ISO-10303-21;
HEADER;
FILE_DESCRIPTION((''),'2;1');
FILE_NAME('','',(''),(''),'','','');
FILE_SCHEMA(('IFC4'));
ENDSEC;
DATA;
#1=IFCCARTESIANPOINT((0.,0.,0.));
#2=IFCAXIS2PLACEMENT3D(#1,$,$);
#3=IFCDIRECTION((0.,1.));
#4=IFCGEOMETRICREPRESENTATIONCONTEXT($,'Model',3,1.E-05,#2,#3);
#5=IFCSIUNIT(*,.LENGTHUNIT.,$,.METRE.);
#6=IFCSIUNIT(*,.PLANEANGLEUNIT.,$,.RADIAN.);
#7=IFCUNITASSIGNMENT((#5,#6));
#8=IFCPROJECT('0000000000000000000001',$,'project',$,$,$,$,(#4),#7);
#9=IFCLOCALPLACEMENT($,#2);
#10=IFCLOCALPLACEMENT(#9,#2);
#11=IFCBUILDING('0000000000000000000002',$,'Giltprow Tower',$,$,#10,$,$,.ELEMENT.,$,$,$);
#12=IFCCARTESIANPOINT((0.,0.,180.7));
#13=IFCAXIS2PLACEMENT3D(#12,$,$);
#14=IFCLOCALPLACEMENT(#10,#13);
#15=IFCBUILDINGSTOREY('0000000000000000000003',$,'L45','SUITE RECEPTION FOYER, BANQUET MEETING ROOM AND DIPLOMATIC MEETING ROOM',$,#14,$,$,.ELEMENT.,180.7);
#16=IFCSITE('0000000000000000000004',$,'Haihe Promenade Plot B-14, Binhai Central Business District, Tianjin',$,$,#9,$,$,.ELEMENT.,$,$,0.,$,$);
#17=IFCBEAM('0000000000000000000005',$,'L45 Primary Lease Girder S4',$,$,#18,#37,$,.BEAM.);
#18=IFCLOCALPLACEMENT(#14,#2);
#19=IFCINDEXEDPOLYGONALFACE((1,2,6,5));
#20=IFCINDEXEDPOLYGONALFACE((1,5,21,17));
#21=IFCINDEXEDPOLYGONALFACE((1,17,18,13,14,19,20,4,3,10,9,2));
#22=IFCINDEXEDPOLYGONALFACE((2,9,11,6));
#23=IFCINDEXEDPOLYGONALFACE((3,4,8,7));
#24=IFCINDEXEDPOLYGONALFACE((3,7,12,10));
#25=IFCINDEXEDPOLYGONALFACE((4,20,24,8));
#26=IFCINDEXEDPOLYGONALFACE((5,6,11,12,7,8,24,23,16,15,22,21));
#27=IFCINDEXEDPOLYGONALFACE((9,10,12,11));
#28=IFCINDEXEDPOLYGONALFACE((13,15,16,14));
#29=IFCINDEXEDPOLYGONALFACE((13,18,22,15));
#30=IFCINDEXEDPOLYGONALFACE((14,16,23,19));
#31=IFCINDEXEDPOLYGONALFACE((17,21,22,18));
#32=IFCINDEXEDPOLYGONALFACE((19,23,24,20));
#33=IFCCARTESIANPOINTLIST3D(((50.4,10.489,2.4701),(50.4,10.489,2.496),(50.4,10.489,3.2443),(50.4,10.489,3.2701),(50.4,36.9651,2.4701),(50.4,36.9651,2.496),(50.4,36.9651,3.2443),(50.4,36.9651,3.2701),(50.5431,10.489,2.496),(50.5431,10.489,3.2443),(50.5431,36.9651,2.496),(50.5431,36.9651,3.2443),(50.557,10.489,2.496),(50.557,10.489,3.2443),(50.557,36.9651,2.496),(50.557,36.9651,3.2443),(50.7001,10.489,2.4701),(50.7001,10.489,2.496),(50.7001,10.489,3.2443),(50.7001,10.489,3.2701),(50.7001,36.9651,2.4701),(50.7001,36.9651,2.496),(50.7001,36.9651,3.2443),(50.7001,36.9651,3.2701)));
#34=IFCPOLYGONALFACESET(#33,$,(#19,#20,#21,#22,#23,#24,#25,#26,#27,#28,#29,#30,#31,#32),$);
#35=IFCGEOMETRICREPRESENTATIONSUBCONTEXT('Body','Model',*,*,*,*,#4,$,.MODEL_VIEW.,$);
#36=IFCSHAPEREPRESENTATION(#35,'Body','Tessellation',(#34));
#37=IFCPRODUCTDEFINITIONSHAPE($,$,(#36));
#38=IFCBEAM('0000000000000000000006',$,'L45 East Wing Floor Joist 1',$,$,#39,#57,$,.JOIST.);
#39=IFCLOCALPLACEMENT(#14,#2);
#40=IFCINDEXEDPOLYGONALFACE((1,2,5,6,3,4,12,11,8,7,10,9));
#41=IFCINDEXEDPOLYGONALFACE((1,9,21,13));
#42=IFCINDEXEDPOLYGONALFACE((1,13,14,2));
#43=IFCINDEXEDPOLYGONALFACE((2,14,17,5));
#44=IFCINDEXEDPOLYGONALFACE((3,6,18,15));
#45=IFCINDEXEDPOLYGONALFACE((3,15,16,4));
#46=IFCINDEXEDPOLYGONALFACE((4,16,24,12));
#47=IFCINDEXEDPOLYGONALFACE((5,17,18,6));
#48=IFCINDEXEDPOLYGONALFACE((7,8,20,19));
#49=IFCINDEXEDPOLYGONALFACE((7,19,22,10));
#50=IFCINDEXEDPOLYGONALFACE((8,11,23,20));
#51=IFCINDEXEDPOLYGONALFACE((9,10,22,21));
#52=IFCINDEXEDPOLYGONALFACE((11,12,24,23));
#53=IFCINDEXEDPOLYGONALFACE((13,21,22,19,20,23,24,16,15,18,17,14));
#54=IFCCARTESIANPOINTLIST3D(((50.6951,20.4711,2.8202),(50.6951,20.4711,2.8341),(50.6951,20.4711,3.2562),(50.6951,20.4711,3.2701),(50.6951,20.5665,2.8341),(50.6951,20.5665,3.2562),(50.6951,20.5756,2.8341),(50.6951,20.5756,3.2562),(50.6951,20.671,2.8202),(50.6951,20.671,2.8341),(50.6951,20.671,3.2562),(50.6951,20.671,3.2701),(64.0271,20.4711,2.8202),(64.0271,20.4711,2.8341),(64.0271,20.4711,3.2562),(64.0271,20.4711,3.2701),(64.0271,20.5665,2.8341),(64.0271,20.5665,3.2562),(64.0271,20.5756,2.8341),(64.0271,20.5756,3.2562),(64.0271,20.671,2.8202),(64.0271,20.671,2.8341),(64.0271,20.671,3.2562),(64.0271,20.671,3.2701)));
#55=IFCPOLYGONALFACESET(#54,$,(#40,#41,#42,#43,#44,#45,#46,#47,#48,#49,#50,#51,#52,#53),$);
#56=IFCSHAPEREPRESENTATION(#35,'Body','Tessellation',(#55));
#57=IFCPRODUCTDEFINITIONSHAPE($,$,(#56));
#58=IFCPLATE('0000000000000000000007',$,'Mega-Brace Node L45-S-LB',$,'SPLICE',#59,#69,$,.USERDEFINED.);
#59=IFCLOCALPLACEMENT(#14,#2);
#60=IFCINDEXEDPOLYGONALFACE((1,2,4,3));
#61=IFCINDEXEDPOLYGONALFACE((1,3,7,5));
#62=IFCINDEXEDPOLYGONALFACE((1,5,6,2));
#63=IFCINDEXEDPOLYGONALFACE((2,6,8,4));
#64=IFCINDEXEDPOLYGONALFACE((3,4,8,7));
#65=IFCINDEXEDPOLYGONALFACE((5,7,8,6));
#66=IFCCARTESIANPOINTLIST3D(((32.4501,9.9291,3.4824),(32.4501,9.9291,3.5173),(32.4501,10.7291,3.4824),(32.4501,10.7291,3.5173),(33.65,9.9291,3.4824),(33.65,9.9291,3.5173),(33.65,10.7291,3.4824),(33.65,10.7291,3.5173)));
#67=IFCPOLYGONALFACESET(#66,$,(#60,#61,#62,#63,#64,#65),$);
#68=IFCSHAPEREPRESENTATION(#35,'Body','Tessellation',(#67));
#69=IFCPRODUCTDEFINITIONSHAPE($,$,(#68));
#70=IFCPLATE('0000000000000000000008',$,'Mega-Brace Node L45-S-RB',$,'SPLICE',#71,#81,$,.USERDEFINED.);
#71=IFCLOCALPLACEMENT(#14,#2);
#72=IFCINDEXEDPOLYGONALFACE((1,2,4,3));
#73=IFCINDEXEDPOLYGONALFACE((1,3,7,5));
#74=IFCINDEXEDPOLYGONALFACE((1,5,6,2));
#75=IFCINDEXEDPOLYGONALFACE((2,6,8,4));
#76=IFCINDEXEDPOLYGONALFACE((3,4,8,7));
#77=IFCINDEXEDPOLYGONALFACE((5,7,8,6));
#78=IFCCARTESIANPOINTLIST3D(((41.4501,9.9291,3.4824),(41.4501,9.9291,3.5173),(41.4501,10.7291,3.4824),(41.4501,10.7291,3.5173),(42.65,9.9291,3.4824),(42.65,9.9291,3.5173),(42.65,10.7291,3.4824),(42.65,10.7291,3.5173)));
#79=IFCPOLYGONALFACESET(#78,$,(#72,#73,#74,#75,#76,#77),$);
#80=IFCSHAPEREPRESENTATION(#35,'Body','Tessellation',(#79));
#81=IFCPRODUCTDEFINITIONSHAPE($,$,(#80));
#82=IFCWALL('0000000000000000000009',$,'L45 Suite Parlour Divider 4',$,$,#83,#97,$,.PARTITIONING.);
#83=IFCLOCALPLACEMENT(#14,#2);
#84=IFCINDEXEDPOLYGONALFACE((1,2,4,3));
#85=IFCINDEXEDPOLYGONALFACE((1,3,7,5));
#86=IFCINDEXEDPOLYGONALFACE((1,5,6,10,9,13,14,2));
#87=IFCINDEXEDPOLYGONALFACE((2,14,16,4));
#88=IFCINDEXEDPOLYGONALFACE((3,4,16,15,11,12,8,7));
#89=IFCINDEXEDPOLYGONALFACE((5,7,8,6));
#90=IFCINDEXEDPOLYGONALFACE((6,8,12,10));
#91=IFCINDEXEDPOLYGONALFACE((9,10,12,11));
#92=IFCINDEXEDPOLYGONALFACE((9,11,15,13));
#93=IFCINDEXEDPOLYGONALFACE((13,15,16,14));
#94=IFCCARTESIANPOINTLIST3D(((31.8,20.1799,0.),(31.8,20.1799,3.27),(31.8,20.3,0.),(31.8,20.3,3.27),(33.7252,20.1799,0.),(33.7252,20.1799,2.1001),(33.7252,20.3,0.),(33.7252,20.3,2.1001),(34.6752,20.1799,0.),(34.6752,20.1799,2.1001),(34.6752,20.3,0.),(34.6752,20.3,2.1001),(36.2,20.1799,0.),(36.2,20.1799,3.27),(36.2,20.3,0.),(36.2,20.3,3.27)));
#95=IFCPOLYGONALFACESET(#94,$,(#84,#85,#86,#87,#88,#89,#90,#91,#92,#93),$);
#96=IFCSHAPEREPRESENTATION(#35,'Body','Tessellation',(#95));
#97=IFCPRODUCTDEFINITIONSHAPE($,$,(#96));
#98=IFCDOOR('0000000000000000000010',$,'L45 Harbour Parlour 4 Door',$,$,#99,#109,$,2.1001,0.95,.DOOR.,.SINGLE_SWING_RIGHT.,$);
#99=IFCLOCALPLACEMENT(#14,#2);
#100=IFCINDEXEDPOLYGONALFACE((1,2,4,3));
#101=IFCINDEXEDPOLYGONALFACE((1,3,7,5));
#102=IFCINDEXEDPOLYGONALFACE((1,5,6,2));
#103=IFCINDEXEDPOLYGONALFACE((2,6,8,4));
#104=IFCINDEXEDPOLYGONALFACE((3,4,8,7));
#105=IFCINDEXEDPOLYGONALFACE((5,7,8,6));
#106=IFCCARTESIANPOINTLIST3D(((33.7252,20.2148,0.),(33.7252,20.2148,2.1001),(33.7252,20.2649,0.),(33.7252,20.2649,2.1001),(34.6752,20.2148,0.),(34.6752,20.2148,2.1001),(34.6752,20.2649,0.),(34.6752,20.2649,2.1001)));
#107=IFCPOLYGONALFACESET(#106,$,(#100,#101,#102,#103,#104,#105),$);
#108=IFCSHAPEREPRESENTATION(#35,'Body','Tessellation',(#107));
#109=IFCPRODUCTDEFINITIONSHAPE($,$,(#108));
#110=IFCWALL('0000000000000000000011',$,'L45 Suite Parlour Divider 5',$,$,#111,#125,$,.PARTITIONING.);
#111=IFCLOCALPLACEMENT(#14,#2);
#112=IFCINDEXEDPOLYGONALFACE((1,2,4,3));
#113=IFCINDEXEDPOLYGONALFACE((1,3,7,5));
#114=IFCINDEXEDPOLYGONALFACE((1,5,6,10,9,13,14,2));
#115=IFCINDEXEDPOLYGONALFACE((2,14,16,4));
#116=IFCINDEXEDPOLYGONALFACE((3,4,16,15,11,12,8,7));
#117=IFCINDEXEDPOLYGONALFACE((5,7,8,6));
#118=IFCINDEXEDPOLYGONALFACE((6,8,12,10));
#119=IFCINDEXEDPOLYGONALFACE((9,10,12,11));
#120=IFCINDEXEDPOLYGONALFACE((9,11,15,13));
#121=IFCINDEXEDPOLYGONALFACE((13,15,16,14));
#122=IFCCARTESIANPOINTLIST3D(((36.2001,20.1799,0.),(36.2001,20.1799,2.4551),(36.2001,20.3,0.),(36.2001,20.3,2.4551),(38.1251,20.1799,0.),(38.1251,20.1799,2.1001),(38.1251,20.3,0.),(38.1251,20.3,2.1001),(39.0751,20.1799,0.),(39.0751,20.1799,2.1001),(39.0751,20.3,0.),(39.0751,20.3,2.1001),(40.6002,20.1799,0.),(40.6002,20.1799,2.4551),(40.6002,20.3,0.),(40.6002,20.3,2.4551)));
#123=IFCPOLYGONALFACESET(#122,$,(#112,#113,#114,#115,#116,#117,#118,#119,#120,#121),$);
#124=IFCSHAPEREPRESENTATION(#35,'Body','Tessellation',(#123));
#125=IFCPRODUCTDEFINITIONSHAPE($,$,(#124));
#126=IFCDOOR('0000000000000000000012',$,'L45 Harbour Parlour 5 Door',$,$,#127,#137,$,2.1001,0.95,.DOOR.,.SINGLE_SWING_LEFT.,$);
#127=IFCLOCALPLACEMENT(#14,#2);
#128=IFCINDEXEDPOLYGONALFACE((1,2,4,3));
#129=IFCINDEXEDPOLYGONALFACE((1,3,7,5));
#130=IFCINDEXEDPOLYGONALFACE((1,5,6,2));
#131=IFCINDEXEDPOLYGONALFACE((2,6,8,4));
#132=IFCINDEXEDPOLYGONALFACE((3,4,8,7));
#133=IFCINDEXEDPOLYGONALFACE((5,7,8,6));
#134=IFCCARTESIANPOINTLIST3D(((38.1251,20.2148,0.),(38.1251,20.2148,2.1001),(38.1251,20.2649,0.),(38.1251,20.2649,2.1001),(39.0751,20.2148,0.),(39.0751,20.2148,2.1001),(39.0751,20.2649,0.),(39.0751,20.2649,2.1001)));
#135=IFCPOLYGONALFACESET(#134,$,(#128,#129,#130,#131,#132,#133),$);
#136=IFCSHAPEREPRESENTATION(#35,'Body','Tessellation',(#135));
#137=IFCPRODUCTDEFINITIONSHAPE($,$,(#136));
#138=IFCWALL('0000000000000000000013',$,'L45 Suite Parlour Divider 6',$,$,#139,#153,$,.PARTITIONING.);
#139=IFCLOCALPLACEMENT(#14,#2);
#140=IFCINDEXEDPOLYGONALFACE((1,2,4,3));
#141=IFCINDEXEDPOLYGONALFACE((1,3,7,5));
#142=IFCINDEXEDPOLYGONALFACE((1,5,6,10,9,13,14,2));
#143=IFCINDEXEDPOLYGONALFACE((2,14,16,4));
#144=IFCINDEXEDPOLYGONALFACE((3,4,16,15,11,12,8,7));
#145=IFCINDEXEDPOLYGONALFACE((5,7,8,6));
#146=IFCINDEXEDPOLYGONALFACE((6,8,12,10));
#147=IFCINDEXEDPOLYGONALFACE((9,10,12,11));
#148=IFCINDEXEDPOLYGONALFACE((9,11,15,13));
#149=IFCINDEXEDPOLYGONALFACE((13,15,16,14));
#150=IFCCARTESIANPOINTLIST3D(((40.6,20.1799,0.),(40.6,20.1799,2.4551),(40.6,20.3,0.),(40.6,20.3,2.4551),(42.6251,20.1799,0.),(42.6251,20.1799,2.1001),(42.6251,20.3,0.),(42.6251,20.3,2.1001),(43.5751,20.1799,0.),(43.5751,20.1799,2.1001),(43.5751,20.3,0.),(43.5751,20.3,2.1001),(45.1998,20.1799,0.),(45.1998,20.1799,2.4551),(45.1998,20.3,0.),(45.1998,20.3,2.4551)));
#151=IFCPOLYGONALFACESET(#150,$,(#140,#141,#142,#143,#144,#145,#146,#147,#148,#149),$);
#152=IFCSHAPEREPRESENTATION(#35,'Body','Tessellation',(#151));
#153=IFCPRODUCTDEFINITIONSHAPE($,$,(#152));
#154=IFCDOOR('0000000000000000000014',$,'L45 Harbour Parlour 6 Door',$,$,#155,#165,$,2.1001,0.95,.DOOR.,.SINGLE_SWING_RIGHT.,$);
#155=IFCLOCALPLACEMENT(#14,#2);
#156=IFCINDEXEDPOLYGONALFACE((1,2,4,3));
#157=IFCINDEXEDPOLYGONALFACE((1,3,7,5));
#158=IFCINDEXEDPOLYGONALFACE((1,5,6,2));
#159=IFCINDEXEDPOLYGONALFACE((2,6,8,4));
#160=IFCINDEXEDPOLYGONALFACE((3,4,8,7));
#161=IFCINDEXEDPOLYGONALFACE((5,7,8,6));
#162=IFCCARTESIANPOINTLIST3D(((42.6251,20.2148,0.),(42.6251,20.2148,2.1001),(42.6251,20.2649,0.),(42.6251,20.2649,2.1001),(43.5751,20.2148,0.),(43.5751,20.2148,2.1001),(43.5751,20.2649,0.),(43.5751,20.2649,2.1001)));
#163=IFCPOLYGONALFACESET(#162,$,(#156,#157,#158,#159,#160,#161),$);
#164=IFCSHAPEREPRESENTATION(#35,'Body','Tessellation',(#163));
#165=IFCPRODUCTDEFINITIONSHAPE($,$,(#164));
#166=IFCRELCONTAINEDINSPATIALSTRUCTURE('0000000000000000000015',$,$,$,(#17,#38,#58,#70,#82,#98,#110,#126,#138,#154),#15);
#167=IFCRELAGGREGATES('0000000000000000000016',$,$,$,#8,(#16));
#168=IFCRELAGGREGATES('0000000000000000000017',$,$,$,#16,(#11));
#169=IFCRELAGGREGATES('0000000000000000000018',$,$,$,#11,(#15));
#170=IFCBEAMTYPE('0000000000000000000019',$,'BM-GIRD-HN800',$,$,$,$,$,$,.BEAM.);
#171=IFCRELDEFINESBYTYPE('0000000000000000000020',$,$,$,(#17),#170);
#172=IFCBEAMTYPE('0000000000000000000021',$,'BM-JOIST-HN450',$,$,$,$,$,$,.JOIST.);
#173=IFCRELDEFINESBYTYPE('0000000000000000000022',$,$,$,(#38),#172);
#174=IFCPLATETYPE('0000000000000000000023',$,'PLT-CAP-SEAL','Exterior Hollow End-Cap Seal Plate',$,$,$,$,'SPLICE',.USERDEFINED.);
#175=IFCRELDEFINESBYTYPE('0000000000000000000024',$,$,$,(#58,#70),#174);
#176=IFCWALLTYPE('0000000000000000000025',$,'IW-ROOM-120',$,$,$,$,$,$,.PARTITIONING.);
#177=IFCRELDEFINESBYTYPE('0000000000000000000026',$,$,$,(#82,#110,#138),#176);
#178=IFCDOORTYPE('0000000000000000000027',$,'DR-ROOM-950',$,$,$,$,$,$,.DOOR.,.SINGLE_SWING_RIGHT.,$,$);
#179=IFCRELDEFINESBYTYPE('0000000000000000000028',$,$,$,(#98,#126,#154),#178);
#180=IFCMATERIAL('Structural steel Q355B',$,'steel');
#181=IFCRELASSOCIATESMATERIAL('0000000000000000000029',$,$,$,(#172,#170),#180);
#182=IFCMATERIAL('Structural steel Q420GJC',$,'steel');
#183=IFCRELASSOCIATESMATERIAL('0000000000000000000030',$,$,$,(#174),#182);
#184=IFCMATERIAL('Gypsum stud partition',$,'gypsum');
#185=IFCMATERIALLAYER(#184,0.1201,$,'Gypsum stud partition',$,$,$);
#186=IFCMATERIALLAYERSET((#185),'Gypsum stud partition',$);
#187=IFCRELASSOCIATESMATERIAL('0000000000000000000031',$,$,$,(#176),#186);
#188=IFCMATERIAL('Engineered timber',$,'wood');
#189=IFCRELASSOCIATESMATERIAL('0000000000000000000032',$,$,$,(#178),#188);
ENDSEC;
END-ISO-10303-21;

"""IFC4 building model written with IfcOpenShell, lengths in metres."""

from ifc_helpers import new_model, si_unit, direction, frame, frame_2d, origin, origin_2d, place, context, subcontext, project, spatial, rectangle, i_section, extrude, source, transform, mapped, material, layer, layer_set, material_profile, profile_set, type_object, element, fill, save


model = new_model("IFC4")

# Units and contexts
model_context = context("Model", 3, precision=1e-05, world=origin(), true_north=direction((0.0, 1.0)))
body_context = subcontext(model_context, "Body", "Model", "MODEL_VIEW")
ifc_project = project(units=[si_unit("LENGTHUNIT", "METRE"), si_unit("PLANEANGLEUNIT", "RADIAN")], contexts=[model_context])

# Site, building, storey
site_placement = place(None, origin())
site = spatial("IfcSite", under=ifc_project, at=site_placement, Name="Haihe Promenade Plot B-14, Binhai Central Business District, Tianjin", CompositionType="ELEMENT", RefElevation=0.0)
building_placement = place(site_placement, origin())
building = spatial("IfcBuilding", under=site, at=building_placement, Name="Giltprow Tower", CompositionType="ELEMENT")
storey_placement = place(building_placement, frame((0.0, 0.0, 180.7)))
storey = spatial("IfcBuildingStorey", under=building, at=storey_placement, Name="L45", Description="SUITE RECEPTION FOYER, BANQUET MEETING ROOM AND DIPLOMATIC MEETING ROOM", CompositionType="ELEMENT", Elevation=180.7)

# Beams
ifc_material_1 = material(Name="Structural steel Q355B", Category="steel")
ifc_material_profile_1 = material_profile(ifc_material_1, i_section(OverallWidth=0.2, OverallDepth=0.45, WebThickness=0.009, FlangeThickness=0.0139, at=origin_2d()), Name="HN 450x200x9x14")
ifc_profile_set_1 = profile_set([ifc_material_profile_1], Name="Structural steel Q355B")
beam_type_1 = type_object("IfcBeamType", Name="BM-JOIST-HN450", PredefinedType="JOIST", material=ifc_profile_set_1)
ifc_material_profile_2 = material_profile(ifc_material_1, i_section(OverallWidth=0.3, OverallDepth=0.8, WebThickness=0.0139, FlangeThickness=0.0259, at=origin_2d()), Name="HN 800x300x14x26")
ifc_profile_set_2 = profile_set([ifc_material_profile_2], Name="Structural steel Q355B")
beam_type_2 = type_object("IfcBeamType", Name="BM-GIRD-HN800", PredefinedType="BEAM", material=ifc_profile_set_2)
shared_shape_1 = source(origin(), body_context, "Body", "SweptSolid", [
    extrude(i_section(OverallWidth=0.3, OverallDepth=0.8, WebThickness=0.0139, FlangeThickness=0.0259, at=origin_2d()), origin(), (0.0, 0.0, 1.0), 26.4761),
])
for number, where, z_axis, x_axis, name in (
    (1, (50.55, 10.489, 2.8701), (0.0, 1.0, 0.0), (-1.0, 0.0, 0.0), "L45 Primary Lease Girder S4"),
):
    element("IfcBeam", number, at=place(storey_placement, frame(where, z_axis=z_axis, x_axis=x_axis)), inside=storey, type_object=beam_type_2, Name=name, PredefinedType="BEAM", context=body_context, shape_type="MappedRepresentation", body=[
        mapped(shared_shape_1, transform((0.0, 0.0, 0.0), x_axis=(1.0, 0.0, 0.0), y_axis=(0.0, 1.0, 0.0), z_axis=(0.0, 0.0, 1.0), scale=1.0)),
    ])
shared_shape_2 = source(origin(), body_context, "Body", "SweptSolid", [
    extrude(i_section(OverallWidth=0.2, OverallDepth=0.45, WebThickness=0.009, FlangeThickness=0.0139, at=origin_2d()), origin(), (0.0, 0.0, 1.0), 13.332),
])
beam_1_placement = place(storey_placement, frame((50.6951, 20.571, 3.0452), z_axis=(1.0, 0.0, 0.0), x_axis=(0.0, 1.0, 0.0)))
element("IfcBeam", 2, at=beam_1_placement, inside=storey, type_object=beam_type_1, Name="L45 East Wing Floor Joist 1", PredefinedType="JOIST", context=body_context, shape_type="MappedRepresentation", body=[
    mapped(shared_shape_2, transform((0.0, 0.0, 0.0), x_axis=(1.0, 0.0, 0.0), y_axis=(0.0, 1.0, 0.0), z_axis=(0.0, 0.0, 1.0), scale=1.0)),
])

# Plates
ifc_material_2 = material(Name="Structural steel Q420GJC", Category="steel")
plate_type = type_object("IfcPlateType", Name="PLT-CAP-SEAL", Description="Exterior Hollow End-Cap Seal Plate", ElementType="SPLICE", PredefinedType="USERDEFINED", material=ifc_material_2)
shared_shape_3 = source(origin(), body_context, "Body", "SweptSolid", [
    extrude(rectangle(XDim=1.2, YDim=0.8, at=origin_2d()), origin(), (0.0, 0.0, 1.0), 0.0349),
])
for number, where, z_axis, x_axis, name in (
    (3, (33.05, 10.3291, 3.4824), (0.0, 0.0, 1.0), (1.0, 0.0, 0.0), "Mega-Brace Node L45-S-LB"),
    (4, (42.05, 10.3291, 3.4824), (0.0, 0.0, 1.0), (1.0, 0.0, 0.0), "Mega-Brace Node L45-S-RB"),
):
    element("IfcPlate", number, at=place(storey_placement, frame(where, z_axis=z_axis, x_axis=x_axis)), inside=storey, type_object=plate_type, Name=name, ObjectType="SPLICE", PredefinedType="USERDEFINED", context=body_context, shape_type="MappedRepresentation", body=[
        mapped(shared_shape_3, transform((0.0, 0.0, 0.0), x_axis=(1.0, 0.0, 0.0), y_axis=(0.0, 1.0, 0.0), z_axis=(0.0, 0.0, 1.0), scale=1.0)),
    ])

# Walls, openings, doors
ifc_material_3 = material(Name="Gypsum stud partition", Category="gypsum")
ifc_layer = layer(ifc_material_3, 0.1201, Name="Gypsum stud partition")
ifc_layer_set = layer_set([ifc_layer], Name="Gypsum stud partition")
wall_type = type_object("IfcWallType", Name="IW-ROOM-120", PredefinedType="PARTITIONING", material=ifc_layer_set)
wall_1_placement = place(storey_placement, frame((31.8, 20.24, 0.0), z_axis=(0.0, 0.0, 1.0), x_axis=(1.0, 0.0, 0.0)))
wall_1 = element("IfcWall", 5, at=wall_1_placement, inside=storey, type_object=wall_type, Name="L45 Suite Parlour Divider 4", PredefinedType="PARTITIONING", context=body_context, shape_type="SweptSolid", body=[
    extrude(rectangle(XDim=4.3999, YDim=0.1201, at=frame_2d((2.2, 0.0))), origin(), (0.0, 0.0, 1.0), 3.27),
])
opening_1_placement = place(wall_1_placement, frame((1.925, 0.0, 0.0)))
opening_1 = element("IfcOpeningElement", 6, at=opening_1_placement, cuts=wall_1, PredefinedType="OPENING", context=body_context, shape_type="SweptSolid", body=[
    extrude(rectangle(XDim=0.95, YDim=2.1001, at=frame_2d((0.4751, 1.05))), frame((0.0, 0.0701, 0.0), z_axis=(0.0, -1.0, 0.0), x_axis=(1.0, 0.0, 0.0)), (0.0, 0.0, 1.0), 0.1401),
])
ifc_material_4 = material(Name="Engineered timber", Category="wood")
door_type = type_object("IfcDoorType", Name="DR-ROOM-950", OperationType="SINGLE_SWING_RIGHT", PredefinedType="DOOR", material=ifc_material_4)
shared_shape_4 = source(origin(), body_context, "Body", "SweptSolid", [
    extrude(rectangle(XDim=0.95, YDim=2.1001, at=frame_2d((0.4751, 1.05))), frame((0.0, 0.0249, 0.0), z_axis=(0.0, -1.0, 0.0), x_axis=(1.0, 0.0, 0.0)), (0.0, 0.0, 1.0), 0.05),
])
door_1_placement = place(opening_1_placement, origin())
door_1 = element("IfcDoor", 7, at=door_1_placement, inside=storey, type_object=door_type, Name="L45 Harbour Parlour 4 Door", OperationType="SINGLE_SWING_RIGHT", OverallHeight=2.1001, OverallWidth=0.95, PredefinedType="DOOR", context=body_context, shape_type="MappedRepresentation", body=[
    mapped(shared_shape_4, transform((0.0, 0.0, 0.0), x_axis=(1.0, 0.0, 0.0), y_axis=(0.0, 1.0, 0.0), z_axis=(0.0, 0.0, 1.0), scale=1.0)),
])
fill(opening_1, door_1)
wall_2_placement = place(storey_placement, frame((36.2, 20.24, 0.0), z_axis=(0.0, 0.0, 1.0), x_axis=(1.0, 0.0, 0.0)))
wall_2 = element("IfcWall", 8, at=wall_2_placement, inside=storey, type_object=wall_type, Name="L45 Suite Parlour Divider 5", PredefinedType="PARTITIONING", context=body_context, shape_type="SweptSolid", body=[
    extrude(rectangle(XDim=4.4001, YDim=0.1201, at=frame_2d((2.2002, 0.0))), origin(), (0.0, 0.0, 1.0), 2.4551),
])
opening_2_placement = place(wall_2_placement, frame((1.925, 0.0, 0.0)))
opening_2 = element("IfcOpeningElement", 9, at=opening_2_placement, cuts=wall_2, PredefinedType="OPENING", context=body_context, shape_type="SweptSolid", body=[
    extrude(rectangle(XDim=0.95, YDim=2.1001, at=frame_2d((0.4751, 1.05))), frame((0.0, 0.0701, 0.0), z_axis=(0.0, -1.0, 0.0), x_axis=(1.0, 0.0, 0.0)), (0.0, 0.0, 1.0), 0.1401),
])
door_2_placement = place(opening_2_placement, origin())
door_2 = element("IfcDoor", 10, at=door_2_placement, inside=storey, type_object=door_type, Name="L45 Harbour Parlour 5 Door", OperationType="SINGLE_SWING_LEFT", OverallHeight=2.1001, OverallWidth=0.95, PredefinedType="DOOR", context=body_context, shape_type="MappedRepresentation", body=[
    mapped(shared_shape_4, transform((0.0, 0.0, 0.0), x_axis=(1.0, 0.0, 0.0), y_axis=(0.0, 1.0, 0.0), z_axis=(0.0, 0.0, 1.0), scale=1.0)),
])
fill(opening_2, door_2)
wall_3_placement = place(storey_placement, frame((40.6001, 20.24, 0.0), z_axis=(0.0, 0.0, 1.0), x_axis=(1.0, 0.0, 0.0)))
wall_3 = element("IfcWall", 11, at=wall_3_placement, inside=storey, type_object=wall_type, Name="L45 Suite Parlour Divider 6", PredefinedType="PARTITIONING", context=body_context, shape_type="SweptSolid", body=[
    extrude(rectangle(XDim=4.5999, YDim=0.1201, at=frame_2d((2.2998, 0.0))), origin(), (0.0, 0.0, 1.0), 2.4551),
])
opening_3_placement = place(wall_3_placement, frame((2.0249, 0.0, 0.0)))
opening_3 = element("IfcOpeningElement", 12, at=opening_3_placement, cuts=wall_3, PredefinedType="OPENING", context=body_context, shape_type="SweptSolid", body=[
    extrude(rectangle(XDim=0.95, YDim=2.1001, at=frame_2d((0.4751, 1.05))), frame((0.0, 0.0701, 0.0), z_axis=(0.0, -1.0, 0.0), x_axis=(1.0, 0.0, 0.0)), (0.0, 0.0, 1.0), 0.1401),
])
door_3_placement = place(opening_3_placement, origin())
door_3 = element("IfcDoor", 13, at=door_3_placement, inside=storey, type_object=door_type, Name="L45 Harbour Parlour 6 Door", OperationType="SINGLE_SWING_RIGHT", OverallHeight=2.1001, OverallWidth=0.95, PredefinedType="DOOR", context=body_context, shape_type="MappedRepresentation", body=[
    mapped(shared_shape_4, transform((0.0, 0.0, 0.0), x_axis=(1.0, 0.0, 0.0), y_axis=(0.0, 1.0, 0.0), z_axis=(0.0, 0.0, 1.0), scale=1.0)),
])
fill(opening_3, door_3)

save(model, "model.ifc")
